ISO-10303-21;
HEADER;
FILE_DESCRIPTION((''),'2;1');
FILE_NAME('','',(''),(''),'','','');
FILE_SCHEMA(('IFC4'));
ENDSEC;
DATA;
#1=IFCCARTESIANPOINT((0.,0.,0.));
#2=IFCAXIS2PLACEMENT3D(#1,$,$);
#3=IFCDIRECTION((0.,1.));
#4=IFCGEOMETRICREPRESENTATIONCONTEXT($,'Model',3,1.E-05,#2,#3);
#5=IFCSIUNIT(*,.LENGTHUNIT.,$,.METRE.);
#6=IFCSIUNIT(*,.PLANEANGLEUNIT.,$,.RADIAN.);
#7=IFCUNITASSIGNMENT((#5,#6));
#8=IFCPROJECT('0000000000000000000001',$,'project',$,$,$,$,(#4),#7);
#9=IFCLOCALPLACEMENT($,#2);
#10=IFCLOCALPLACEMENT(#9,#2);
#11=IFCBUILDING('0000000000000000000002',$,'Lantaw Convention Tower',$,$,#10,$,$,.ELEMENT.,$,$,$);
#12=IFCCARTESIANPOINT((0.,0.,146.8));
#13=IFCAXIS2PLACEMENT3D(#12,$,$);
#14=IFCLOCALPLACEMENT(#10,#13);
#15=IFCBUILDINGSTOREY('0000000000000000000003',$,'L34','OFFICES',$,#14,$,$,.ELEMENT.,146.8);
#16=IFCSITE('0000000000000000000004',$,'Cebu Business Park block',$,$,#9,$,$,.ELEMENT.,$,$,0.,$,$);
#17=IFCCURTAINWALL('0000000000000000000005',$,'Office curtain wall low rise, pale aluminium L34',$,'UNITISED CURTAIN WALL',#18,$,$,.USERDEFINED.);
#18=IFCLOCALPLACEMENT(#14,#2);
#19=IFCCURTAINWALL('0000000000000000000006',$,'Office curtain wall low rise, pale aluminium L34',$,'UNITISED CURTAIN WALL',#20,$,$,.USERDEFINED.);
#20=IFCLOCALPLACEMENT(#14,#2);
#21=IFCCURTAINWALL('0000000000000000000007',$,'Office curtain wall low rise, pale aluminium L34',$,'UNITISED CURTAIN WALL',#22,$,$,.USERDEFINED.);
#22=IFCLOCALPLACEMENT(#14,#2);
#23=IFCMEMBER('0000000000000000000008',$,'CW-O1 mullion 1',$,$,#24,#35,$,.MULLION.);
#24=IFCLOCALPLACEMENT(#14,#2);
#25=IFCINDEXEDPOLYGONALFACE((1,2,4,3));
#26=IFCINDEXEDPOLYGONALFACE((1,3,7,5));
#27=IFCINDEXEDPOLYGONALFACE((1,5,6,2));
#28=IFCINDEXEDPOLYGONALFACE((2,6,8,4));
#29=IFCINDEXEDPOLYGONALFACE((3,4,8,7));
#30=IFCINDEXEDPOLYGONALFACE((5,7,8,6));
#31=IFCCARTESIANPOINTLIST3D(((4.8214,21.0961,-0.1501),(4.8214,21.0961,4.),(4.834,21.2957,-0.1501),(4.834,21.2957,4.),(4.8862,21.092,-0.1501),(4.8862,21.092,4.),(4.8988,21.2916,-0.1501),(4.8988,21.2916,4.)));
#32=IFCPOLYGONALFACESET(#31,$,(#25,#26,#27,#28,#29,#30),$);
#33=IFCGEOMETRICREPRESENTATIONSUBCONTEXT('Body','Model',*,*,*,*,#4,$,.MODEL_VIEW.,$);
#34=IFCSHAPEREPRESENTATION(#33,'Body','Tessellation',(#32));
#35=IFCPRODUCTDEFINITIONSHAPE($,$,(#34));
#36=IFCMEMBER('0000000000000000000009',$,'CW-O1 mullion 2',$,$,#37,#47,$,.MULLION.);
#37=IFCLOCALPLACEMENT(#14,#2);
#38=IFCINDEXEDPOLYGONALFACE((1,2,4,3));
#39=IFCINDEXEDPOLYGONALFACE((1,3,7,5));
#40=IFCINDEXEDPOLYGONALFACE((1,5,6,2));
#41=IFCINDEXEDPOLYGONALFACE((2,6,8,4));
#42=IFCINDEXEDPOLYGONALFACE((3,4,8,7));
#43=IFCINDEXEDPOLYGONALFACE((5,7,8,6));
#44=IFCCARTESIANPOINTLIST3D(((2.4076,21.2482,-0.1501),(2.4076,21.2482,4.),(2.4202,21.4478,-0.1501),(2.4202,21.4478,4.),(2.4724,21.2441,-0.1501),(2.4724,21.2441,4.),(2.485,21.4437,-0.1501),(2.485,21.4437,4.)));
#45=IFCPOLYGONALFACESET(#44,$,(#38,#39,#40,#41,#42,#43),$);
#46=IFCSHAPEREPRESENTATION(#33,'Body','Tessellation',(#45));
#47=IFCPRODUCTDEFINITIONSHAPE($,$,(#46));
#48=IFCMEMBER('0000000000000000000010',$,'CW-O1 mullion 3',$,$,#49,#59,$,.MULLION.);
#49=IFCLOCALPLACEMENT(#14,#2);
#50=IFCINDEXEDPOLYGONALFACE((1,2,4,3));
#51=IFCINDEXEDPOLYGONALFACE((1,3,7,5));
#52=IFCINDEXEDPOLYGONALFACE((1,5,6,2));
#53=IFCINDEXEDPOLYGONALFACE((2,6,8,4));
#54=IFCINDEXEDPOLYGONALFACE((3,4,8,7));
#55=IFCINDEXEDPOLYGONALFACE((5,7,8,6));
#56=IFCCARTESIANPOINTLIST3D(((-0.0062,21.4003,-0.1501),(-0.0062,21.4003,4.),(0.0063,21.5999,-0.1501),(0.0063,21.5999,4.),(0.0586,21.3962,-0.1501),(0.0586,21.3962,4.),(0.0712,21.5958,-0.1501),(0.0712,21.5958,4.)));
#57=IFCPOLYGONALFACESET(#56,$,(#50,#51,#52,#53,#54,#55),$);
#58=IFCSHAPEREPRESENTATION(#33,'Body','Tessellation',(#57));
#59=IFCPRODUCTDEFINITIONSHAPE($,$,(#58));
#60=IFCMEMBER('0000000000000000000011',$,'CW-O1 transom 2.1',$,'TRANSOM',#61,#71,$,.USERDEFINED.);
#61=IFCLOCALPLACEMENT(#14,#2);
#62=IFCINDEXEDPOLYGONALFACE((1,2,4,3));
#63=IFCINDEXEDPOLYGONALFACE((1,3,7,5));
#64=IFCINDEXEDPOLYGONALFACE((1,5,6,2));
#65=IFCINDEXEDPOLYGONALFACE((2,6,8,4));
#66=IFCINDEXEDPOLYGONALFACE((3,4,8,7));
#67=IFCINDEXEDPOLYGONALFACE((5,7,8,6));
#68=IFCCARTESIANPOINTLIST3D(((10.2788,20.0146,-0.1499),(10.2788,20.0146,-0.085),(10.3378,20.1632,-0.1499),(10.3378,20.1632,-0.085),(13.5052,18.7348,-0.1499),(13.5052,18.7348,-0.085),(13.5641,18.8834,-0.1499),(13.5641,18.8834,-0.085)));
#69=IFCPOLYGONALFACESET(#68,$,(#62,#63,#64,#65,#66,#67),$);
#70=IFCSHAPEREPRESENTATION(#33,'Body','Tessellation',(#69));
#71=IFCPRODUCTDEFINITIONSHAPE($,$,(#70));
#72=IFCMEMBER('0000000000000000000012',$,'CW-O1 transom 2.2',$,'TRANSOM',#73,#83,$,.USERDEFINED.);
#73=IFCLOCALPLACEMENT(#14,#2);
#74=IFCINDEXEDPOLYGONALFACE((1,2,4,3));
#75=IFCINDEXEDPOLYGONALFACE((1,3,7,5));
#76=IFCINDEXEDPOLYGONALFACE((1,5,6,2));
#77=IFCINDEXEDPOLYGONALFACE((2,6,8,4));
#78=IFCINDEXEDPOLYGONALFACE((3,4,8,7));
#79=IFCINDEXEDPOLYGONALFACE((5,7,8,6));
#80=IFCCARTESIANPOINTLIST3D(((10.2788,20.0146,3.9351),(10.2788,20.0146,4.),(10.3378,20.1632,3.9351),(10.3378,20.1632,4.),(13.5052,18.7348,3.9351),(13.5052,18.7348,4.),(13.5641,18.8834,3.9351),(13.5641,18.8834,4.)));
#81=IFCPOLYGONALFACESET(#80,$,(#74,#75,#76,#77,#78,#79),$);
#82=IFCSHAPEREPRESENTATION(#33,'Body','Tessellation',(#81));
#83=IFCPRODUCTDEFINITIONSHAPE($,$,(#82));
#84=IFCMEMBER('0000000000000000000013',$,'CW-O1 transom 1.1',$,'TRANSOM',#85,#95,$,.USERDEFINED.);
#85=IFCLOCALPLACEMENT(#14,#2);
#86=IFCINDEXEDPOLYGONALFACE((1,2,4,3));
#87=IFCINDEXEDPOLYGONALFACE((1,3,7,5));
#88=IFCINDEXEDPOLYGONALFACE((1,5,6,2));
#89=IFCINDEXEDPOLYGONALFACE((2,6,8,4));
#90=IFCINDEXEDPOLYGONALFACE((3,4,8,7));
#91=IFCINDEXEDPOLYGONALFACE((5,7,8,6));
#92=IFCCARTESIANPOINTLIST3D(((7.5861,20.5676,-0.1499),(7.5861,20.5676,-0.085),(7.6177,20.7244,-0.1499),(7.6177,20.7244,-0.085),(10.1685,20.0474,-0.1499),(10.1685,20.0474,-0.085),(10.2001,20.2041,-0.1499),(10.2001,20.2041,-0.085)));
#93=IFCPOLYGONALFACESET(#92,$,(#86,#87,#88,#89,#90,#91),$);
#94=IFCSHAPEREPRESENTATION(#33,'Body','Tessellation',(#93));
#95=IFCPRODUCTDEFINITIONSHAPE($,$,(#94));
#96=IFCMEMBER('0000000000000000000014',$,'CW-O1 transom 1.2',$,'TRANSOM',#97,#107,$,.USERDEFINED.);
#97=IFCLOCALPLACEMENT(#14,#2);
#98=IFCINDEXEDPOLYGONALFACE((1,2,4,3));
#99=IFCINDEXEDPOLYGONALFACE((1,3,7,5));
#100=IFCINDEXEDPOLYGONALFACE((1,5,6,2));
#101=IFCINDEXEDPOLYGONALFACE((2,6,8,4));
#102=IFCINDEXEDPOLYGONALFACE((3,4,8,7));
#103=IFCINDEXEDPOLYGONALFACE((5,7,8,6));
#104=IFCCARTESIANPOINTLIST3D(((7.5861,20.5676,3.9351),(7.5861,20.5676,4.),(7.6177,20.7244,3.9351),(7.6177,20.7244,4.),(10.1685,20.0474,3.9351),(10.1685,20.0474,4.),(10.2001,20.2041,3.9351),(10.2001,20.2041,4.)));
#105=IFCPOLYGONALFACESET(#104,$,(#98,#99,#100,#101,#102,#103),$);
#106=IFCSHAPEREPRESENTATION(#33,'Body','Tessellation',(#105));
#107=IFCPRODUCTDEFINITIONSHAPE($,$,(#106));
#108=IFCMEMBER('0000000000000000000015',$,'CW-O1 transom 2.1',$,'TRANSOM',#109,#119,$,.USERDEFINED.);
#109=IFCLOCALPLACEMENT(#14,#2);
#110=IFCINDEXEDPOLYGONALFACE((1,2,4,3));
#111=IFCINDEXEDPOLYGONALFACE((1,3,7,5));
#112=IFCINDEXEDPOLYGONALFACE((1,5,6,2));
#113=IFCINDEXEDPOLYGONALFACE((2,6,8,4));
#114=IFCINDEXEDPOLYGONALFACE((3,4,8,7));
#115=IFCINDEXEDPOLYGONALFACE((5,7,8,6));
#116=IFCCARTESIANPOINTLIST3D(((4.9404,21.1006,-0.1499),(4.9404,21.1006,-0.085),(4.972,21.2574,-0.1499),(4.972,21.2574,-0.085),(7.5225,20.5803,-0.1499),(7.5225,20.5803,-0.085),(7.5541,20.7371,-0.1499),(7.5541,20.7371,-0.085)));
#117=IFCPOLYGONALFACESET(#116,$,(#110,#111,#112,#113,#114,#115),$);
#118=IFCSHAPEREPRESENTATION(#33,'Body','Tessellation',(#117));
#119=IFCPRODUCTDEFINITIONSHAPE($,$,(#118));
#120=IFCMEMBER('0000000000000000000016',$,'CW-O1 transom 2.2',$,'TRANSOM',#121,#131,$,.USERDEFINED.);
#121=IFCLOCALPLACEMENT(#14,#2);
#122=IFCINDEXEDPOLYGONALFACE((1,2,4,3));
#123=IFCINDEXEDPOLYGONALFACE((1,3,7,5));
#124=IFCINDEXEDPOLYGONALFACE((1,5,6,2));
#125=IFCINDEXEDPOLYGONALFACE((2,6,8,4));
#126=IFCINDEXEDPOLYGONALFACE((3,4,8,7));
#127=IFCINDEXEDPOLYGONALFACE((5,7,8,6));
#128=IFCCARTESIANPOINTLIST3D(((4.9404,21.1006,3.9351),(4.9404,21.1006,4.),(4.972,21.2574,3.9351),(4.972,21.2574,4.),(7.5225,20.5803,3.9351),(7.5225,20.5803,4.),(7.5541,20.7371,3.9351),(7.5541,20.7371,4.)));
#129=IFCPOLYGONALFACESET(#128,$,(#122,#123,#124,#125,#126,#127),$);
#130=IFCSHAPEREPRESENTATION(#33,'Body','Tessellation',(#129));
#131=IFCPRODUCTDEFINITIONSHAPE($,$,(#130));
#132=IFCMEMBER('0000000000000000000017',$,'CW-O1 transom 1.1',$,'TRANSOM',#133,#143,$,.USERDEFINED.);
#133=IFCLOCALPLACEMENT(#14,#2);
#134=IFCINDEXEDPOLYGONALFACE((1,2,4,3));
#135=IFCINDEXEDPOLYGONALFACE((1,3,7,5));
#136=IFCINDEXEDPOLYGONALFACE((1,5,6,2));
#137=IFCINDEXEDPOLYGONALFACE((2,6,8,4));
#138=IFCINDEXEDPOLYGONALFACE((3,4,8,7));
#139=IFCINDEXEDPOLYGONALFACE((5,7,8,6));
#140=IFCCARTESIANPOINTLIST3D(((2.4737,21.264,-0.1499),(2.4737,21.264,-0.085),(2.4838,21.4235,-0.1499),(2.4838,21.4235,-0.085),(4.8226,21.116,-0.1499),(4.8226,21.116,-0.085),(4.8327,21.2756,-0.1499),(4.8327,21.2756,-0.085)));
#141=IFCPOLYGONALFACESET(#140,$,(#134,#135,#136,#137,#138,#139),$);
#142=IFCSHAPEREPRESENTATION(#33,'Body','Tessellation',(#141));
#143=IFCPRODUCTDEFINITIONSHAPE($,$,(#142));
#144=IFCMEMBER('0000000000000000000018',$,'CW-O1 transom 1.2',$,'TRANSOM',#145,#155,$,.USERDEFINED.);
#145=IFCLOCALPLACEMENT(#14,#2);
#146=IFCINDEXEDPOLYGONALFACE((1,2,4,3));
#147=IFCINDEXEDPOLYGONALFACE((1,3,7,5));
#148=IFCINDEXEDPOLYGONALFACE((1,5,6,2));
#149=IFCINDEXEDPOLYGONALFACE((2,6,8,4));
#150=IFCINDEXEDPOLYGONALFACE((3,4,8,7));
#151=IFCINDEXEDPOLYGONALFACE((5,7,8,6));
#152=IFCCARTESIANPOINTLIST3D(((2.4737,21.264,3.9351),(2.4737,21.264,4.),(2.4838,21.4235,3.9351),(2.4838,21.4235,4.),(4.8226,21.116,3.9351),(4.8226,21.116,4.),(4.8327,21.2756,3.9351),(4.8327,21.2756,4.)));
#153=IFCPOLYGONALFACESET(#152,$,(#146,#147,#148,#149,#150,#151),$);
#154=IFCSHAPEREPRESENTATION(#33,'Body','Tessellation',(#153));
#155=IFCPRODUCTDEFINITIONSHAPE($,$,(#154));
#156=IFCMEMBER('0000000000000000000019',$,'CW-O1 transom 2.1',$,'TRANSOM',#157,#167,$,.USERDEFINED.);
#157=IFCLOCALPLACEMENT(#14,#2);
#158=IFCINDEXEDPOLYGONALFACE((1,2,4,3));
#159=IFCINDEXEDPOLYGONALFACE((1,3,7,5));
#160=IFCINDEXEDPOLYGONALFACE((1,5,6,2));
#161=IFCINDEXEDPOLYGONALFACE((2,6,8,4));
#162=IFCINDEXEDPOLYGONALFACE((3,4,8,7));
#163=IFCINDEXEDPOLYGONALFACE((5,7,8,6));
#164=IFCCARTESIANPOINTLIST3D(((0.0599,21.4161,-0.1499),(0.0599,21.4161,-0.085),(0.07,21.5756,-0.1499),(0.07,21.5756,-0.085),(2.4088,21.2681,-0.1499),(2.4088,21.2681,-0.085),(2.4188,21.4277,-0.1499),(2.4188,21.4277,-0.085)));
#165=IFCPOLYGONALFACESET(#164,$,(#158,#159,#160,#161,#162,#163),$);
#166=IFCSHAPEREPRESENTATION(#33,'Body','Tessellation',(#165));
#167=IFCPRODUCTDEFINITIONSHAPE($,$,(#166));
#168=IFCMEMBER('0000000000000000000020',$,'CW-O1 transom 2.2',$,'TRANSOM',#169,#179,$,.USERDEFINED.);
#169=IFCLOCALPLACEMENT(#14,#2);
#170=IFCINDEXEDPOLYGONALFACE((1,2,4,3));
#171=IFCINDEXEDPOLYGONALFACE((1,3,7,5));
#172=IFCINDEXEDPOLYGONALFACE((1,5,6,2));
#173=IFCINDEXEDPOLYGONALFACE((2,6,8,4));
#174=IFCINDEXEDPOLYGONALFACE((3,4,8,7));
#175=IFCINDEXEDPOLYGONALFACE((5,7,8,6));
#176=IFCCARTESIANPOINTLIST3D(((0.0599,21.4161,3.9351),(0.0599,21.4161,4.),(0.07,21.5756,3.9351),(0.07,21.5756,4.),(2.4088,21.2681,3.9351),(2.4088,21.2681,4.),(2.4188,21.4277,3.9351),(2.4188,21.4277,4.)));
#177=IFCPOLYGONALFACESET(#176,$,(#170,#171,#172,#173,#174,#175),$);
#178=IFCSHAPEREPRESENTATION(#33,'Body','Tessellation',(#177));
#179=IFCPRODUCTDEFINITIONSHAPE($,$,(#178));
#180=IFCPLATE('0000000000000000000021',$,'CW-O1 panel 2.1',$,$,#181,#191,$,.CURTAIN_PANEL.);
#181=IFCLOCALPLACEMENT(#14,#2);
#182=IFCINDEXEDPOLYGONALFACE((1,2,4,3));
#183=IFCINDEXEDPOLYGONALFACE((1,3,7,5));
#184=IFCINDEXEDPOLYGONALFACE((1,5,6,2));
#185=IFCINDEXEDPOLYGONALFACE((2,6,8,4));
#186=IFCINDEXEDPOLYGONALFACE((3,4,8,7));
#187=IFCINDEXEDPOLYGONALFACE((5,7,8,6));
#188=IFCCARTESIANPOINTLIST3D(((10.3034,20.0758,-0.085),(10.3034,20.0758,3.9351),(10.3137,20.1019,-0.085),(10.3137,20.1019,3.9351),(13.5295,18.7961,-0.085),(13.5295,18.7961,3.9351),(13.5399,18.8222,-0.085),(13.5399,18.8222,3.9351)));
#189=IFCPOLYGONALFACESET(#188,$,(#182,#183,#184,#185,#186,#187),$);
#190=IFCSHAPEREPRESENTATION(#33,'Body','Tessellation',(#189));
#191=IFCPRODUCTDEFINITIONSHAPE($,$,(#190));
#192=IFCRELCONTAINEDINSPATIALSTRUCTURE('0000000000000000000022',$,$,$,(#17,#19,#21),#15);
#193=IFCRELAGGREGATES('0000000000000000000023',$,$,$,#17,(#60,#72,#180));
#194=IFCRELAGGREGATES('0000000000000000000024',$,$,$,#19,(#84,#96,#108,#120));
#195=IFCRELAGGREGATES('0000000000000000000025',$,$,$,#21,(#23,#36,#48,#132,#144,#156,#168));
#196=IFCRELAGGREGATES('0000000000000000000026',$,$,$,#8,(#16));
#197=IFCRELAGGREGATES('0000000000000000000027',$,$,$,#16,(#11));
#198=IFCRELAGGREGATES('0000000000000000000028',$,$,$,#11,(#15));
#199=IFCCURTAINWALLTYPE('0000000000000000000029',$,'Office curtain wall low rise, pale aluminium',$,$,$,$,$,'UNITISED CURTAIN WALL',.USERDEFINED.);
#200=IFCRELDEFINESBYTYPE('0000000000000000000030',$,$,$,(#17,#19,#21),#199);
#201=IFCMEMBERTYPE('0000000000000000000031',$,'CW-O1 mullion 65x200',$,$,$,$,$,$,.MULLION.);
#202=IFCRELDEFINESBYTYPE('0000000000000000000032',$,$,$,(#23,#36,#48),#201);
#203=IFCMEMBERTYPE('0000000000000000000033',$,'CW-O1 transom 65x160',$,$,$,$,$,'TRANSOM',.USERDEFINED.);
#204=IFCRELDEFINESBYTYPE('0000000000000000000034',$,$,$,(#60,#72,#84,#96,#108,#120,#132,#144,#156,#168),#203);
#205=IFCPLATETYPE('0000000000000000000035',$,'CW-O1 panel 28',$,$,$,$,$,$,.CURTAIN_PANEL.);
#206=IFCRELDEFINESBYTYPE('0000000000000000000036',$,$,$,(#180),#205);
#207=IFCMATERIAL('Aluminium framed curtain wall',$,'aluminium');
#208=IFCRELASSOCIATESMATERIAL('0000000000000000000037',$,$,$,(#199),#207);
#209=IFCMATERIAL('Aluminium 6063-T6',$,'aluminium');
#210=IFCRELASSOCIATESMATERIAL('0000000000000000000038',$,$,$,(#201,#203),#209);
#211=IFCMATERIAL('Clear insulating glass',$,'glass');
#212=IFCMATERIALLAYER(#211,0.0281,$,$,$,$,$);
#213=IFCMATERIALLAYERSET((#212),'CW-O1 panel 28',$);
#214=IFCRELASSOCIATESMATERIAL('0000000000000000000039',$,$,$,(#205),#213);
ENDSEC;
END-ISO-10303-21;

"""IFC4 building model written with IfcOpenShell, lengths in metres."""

from ifc_helpers import new_model, si_unit, direction, frame, origin, origin_2d, place, context, subcontext, project, spatial, rectangle, extrude, material, layer, layer_set, material_profile, profile_set, type_object, element, aggregate, save


model = new_model("IFC4")

# Units and contexts
model_context = context("Model", 3, precision=1e-05, world=origin(), true_north=direction((0.0, 1.0)))
body_context = subcontext(model_context, "Body", "Model", "MODEL_VIEW")
ifc_project = project(units=[si_unit("LENGTHUNIT", "METRE"), si_unit("PLANEANGLEUNIT", "RADIAN")], contexts=[model_context])

# Site, building, storey
site_placement = place(None, origin())
site = spatial("IfcSite", under=ifc_project, at=site_placement, Name="Cebu Business Park block", CompositionType="ELEMENT", RefElevation=0.0)
building_placement = place(site_placement, origin())
building = spatial("IfcBuilding", under=site, at=building_placement, Name="Lantaw Convention Tower", CompositionType="ELEMENT")
storey_placement = place(building_placement, frame((0.0, 0.0, 146.8)))
storey = spatial("IfcBuildingStorey", under=building, at=storey_placement, Name="L34", Description="OFFICES", CompositionType="ELEMENT", Elevation=146.8)

# Curtain wall
ifc_material_1 = material(Name="Aluminium framed curtain wall", Category="aluminium")
curtain_wall_type = type_object("IfcCurtainWallType", Name="Office curtain wall low rise, pale aluminium", ElementType="UNITISED CURTAIN WALL", PredefinedType="USERDEFINED", material=ifc_material_1)
curtain_wall_1_placement = place(storey_placement, origin())
curtain_wall_1 = element("IfcCurtainWall", 1, at=curtain_wall_1_placement, inside=storey, type_object=curtain_wall_type, Name="Office curtain wall low rise, pale aluminium L34", ObjectType="UNITISED CURTAIN WALL", PredefinedType="USERDEFINED")
ifc_material_2 = material(Name="Aluminium 6063-T6", Category="aluminium")
ifc_material_profile_1 = material_profile(ifc_material_2, rectangle(XDim=0.2, YDim=0.0649, at=origin_2d()), Name="CW-O1 mullion 65x200")
ifc_profile_set_1 = profile_set([ifc_material_profile_1], Name="Aluminium 6063-T6")
member_type_1 = type_object("IfcMemberType", Name="CW-O1 mullion 65x200", PredefinedType="MULLION", material=ifc_profile_set_1)

# Curtain walls, members
curtain_wall_2_placement = place(storey_placement, origin())
curtain_wall_2 = element("IfcCurtainWall", 2, at=curtain_wall_2_placement, inside=storey, type_object=curtain_wall_type, Name="Office curtain wall low rise, pale aluminium L34", ObjectType="UNITISED CURTAIN WALL", PredefinedType="USERDEFINED")
curtain_wall_3_placement = place(storey_placement, origin())
curtain_wall_3 = element("IfcCurtainWall", 3, at=curtain_wall_3_placement, inside=storey, type_object=curtain_wall_type, Name="Office curtain wall low rise, pale aluminium L34", ObjectType="UNITISED CURTAIN WALL", PredefinedType="USERDEFINED")
member_1_placement = place(storey_placement, frame((4.8601, 21.1938, -0.1501), z_axis=(0.0, 0.0, 1.0), x_axis=(-0.062865, -0.998022, 0.0)))
member_1 = element("IfcMember", 4, at=member_1_placement, type_object=member_type_1, Name="CW-O1 mullion 1", PredefinedType="MULLION", context=body_context, shape_type="SweptSolid", body=[
    extrude(rectangle(XDim=0.2, YDim=0.0649, at=origin_2d()), origin(), (0.0, 0.0, 1.0), 4.1501),
])
member_2_placement = place(storey_placement, frame((2.4463, 21.3459, -0.1501), z_axis=(0.0, 0.0, 1.0), x_axis=(-0.062865, -0.998022, 0.0)))
member_2 = element("IfcMember", 5, at=member_2_placement, type_object=member_type_1, Name="CW-O1 mullion 2", PredefinedType="MULLION", context=body_context, shape_type="SweptSolid", body=[
    extrude(rectangle(XDim=0.2, YDim=0.0649, at=origin_2d()), origin(), (0.0, 0.0, 1.0), 4.1501),
])
member_3_placement = place(storey_placement, frame((0.0325, 21.498, -0.1501), z_axis=(0.0, 0.0, 1.0), x_axis=(-0.062865, -0.998022, 0.0)))
member_3 = element("IfcMember", 6, at=member_3_placement, type_object=member_type_1, Name="CW-O1 mullion 3", PredefinedType="MULLION", context=body_context, shape_type="SweptSolid", body=[
    extrude(rectangle(XDim=0.2, YDim=0.0649, at=origin_2d()), origin(), (0.0, 0.0, 1.0), 4.1501),
])

# Members
ifc_material_profile_2 = material_profile(ifc_material_2, rectangle(XDim=0.1599, YDim=0.0649, at=origin_2d()), Name="CW-O1 transom 65x160")
ifc_profile_set_2 = profile_set([ifc_material_profile_2], Name="Aluminium 6063-T6")
member_type_2 = type_object("IfcMemberType", Name="CW-O1 transom 65x160", ElementType="TRANSOM", PredefinedType="USERDEFINED", material=ifc_profile_set_2)
member_4_placement = place(storey_placement, frame((13.5347, 18.8091, -0.1174), z_axis=(-0.92954, 0.368721, 0.0), x_axis=(-0.368721, -0.92954, 0.0)))
member_4 = element("IfcMember", 7, at=member_4_placement, type_object=member_type_2, Name="CW-O1 transom 2.1", ObjectType="TRANSOM", PredefinedType="USERDEFINED", context=body_context, shape_type="SweptSolid", body=[
    extrude(rectangle(XDim=0.1599, YDim=0.0649, at=origin_2d()), origin(), (0.0, 0.0, 1.0), 3.4709),
])
member_5_placement = place(storey_placement, frame((13.5347, 18.8091, 3.9675), z_axis=(-0.92954, 0.368721, 0.0), x_axis=(-0.368721, -0.92954, 0.0)))
member_5 = element("IfcMember", 8, at=member_5_placement, type_object=member_type_2, Name="CW-O1 transom 2.2", ObjectType="TRANSOM", PredefinedType="USERDEFINED", context=body_context, shape_type="SweptSolid", body=[
    extrude(rectangle(XDim=0.1599, YDim=0.0649, at=origin_2d()), origin(), (0.0, 0.0, 1.0), 3.4709),
])
member_6_placement = place(storey_placement, frame((10.1843, 20.1257, -0.1174), z_axis=(-0.980302, 0.197506, 0.0), x_axis=(-0.197506, -0.980302, 0.0)))
member_6 = element("IfcMember", 9, at=member_6_placement, type_object=member_type_2, Name="CW-O1 transom 1.1", ObjectType="TRANSOM", PredefinedType="USERDEFINED", context=body_context, shape_type="SweptSolid", body=[
    extrude(rectangle(XDim=0.1599, YDim=0.0649, at=origin_2d()), origin(), (0.0, 0.0, 1.0), 2.6343),
])
member_7_placement = place(storey_placement, frame((10.1843, 20.1257, 3.9675), z_axis=(-0.980302, 0.197506, 0.0), x_axis=(-0.197506, -0.980302, 0.0)))
member_7 = element("IfcMember", 10, at=member_7_placement, type_object=member_type_2, Name="CW-O1 transom 1.2", ObjectType="TRANSOM", PredefinedType="USERDEFINED", context=body_context, shape_type="SweptSolid", body=[
    extrude(rectangle(XDim=0.1599, YDim=0.0649, at=origin_2d()), origin(), (0.0, 0.0, 1.0), 2.6343),
])
member_8_placement = place(storey_placement, frame((7.5383, 20.6587, -0.1174), z_axis=(-0.980298, 0.197524, 0.0), x_axis=(-0.197524, -0.980298, 0.0)))
member_8 = element("IfcMember", 11, at=member_8_placement, type_object=member_type_2, Name="CW-O1 transom 2.1", ObjectType="TRANSOM", PredefinedType="USERDEFINED", context=body_context, shape_type="SweptSolid", body=[
    extrude(rectangle(XDim=0.1599, YDim=0.0649, at=origin_2d()), origin(), (0.0, 0.0, 1.0), 2.634),
])
member_9_placement = place(storey_placement, frame((7.5383, 20.6587, 3.9675), z_axis=(-0.980298, 0.197524, 0.0), x_axis=(-0.197524, -0.980298, 0.0)))
member_9 = element("IfcMember", 12, at=member_9_placement, type_object=member_type_2, Name="CW-O1 transom 2.2", ObjectType="TRANSOM", PredefinedType="USERDEFINED", context=body_context, shape_type="SweptSolid", body=[
    extrude(rectangle(XDim=0.1599, YDim=0.0649, at=origin_2d()), origin(), (0.0, 0.0, 1.0), 2.634),
])
member_10_placement = place(storey_placement, frame((4.8276, 21.1958, -0.1174), z_axis=(-0.998022, 0.062863, 0.0), x_axis=(-0.062863, -0.998022, 0.0)))
member_10 = element("IfcMember", 13, at=member_10_placement, type_object=member_type_2, Name="CW-O1 transom 1.1", ObjectType="TRANSOM", PredefinedType="USERDEFINED", context=body_context, shape_type="SweptSolid", body=[
    extrude(rectangle(XDim=0.1599, YDim=0.0649, at=origin_2d()), origin(), (0.0, 0.0, 1.0), 2.3535),
])
member_11_placement = place(storey_placement, frame((4.8276, 21.1958, 3.9675), z_axis=(-0.998022, 0.062863, 0.0), x_axis=(-0.062863, -0.998022, 0.0)))
member_11 = element("IfcMember", 14, at=member_11_placement, type_object=member_type_2, Name="CW-O1 transom 1.2", ObjectType="TRANSOM", PredefinedType="USERDEFINED", context=body_context, shape_type="SweptSolid", body=[
    extrude(rectangle(XDim=0.1599, YDim=0.0649, at=origin_2d()), origin(), (0.0, 0.0, 1.0), 2.3535),
])
member_12_placement = place(storey_placement, frame((2.4138, 21.3479, -0.1174), z_axis=(-0.998022, 0.062863, 0.0), x_axis=(-0.062863, -0.998022, 0.0)))
member_12 = element("IfcMember", 15, at=member_12_placement, type_object=member_type_2, Name="CW-O1 transom 2.1", ObjectType="TRANSOM", PredefinedType="USERDEFINED", context=body_context, shape_type="SweptSolid", body=[
    extrude(rectangle(XDim=0.1599, YDim=0.0649, at=origin_2d()), origin(), (0.0, 0.0, 1.0), 2.3535),
])
member_13_placement = place(storey_placement, frame((2.4138, 21.3479, 3.9675), z_axis=(-0.998022, 0.062863, 0.0), x_axis=(-0.062863, -0.998022, 0.0)))
member_13 = element("IfcMember", 16, at=member_13_placement, type_object=member_type_2, Name="CW-O1 transom 2.2", ObjectType="TRANSOM", PredefinedType="USERDEFINED", context=body_context, shape_type="SweptSolid", body=[
    extrude(rectangle(XDim=0.1599, YDim=0.0649, at=origin_2d()), origin(), (0.0, 0.0, 1.0), 2.3535),
])

# Plate
ifc_material_3 = material(Name="Clear insulating glass", Category="glass")
ifc_layer_1 = layer(ifc_material_3, 0.0281)
ifc_layer_set_1 = layer_set([ifc_layer_1], Name="CW-O1 panel 28")
plate_type_1 = type_object("IfcPlateType", Name="CW-O1 panel 28", PredefinedType="CURTAIN_PANEL", material=ifc_layer_set_1)
plate_1_placement = place(storey_placement, frame((11.9216, 19.449, -0.085), z_axis=(0.0, 0.0, 1.0), x_axis=(-0.929548, 0.368702, 0.0)))
plate_1 = element("IfcPlate", 17, at=plate_1_placement, type_object=plate_type_1, Name="CW-O1 panel 2.1", PredefinedType="CURTAIN_PANEL", context=body_context, shape_type="SweptSolid", body=[
    extrude(rectangle(XDim=3.4707, YDim=0.0281, at=origin_2d()), origin(), (0.0, 0.0, 1.0), 4.02),
])
aggregate(curtain_wall_1, [member_4, member_5, plate_1])
aggregate(curtain_wall_2, [member_6, member_7, member_8, member_9])
aggregate(curtain_wall_3, [member_1, member_2, member_3, member_10, member_11, member_12, member_13])

save(model, "model.ifc")
